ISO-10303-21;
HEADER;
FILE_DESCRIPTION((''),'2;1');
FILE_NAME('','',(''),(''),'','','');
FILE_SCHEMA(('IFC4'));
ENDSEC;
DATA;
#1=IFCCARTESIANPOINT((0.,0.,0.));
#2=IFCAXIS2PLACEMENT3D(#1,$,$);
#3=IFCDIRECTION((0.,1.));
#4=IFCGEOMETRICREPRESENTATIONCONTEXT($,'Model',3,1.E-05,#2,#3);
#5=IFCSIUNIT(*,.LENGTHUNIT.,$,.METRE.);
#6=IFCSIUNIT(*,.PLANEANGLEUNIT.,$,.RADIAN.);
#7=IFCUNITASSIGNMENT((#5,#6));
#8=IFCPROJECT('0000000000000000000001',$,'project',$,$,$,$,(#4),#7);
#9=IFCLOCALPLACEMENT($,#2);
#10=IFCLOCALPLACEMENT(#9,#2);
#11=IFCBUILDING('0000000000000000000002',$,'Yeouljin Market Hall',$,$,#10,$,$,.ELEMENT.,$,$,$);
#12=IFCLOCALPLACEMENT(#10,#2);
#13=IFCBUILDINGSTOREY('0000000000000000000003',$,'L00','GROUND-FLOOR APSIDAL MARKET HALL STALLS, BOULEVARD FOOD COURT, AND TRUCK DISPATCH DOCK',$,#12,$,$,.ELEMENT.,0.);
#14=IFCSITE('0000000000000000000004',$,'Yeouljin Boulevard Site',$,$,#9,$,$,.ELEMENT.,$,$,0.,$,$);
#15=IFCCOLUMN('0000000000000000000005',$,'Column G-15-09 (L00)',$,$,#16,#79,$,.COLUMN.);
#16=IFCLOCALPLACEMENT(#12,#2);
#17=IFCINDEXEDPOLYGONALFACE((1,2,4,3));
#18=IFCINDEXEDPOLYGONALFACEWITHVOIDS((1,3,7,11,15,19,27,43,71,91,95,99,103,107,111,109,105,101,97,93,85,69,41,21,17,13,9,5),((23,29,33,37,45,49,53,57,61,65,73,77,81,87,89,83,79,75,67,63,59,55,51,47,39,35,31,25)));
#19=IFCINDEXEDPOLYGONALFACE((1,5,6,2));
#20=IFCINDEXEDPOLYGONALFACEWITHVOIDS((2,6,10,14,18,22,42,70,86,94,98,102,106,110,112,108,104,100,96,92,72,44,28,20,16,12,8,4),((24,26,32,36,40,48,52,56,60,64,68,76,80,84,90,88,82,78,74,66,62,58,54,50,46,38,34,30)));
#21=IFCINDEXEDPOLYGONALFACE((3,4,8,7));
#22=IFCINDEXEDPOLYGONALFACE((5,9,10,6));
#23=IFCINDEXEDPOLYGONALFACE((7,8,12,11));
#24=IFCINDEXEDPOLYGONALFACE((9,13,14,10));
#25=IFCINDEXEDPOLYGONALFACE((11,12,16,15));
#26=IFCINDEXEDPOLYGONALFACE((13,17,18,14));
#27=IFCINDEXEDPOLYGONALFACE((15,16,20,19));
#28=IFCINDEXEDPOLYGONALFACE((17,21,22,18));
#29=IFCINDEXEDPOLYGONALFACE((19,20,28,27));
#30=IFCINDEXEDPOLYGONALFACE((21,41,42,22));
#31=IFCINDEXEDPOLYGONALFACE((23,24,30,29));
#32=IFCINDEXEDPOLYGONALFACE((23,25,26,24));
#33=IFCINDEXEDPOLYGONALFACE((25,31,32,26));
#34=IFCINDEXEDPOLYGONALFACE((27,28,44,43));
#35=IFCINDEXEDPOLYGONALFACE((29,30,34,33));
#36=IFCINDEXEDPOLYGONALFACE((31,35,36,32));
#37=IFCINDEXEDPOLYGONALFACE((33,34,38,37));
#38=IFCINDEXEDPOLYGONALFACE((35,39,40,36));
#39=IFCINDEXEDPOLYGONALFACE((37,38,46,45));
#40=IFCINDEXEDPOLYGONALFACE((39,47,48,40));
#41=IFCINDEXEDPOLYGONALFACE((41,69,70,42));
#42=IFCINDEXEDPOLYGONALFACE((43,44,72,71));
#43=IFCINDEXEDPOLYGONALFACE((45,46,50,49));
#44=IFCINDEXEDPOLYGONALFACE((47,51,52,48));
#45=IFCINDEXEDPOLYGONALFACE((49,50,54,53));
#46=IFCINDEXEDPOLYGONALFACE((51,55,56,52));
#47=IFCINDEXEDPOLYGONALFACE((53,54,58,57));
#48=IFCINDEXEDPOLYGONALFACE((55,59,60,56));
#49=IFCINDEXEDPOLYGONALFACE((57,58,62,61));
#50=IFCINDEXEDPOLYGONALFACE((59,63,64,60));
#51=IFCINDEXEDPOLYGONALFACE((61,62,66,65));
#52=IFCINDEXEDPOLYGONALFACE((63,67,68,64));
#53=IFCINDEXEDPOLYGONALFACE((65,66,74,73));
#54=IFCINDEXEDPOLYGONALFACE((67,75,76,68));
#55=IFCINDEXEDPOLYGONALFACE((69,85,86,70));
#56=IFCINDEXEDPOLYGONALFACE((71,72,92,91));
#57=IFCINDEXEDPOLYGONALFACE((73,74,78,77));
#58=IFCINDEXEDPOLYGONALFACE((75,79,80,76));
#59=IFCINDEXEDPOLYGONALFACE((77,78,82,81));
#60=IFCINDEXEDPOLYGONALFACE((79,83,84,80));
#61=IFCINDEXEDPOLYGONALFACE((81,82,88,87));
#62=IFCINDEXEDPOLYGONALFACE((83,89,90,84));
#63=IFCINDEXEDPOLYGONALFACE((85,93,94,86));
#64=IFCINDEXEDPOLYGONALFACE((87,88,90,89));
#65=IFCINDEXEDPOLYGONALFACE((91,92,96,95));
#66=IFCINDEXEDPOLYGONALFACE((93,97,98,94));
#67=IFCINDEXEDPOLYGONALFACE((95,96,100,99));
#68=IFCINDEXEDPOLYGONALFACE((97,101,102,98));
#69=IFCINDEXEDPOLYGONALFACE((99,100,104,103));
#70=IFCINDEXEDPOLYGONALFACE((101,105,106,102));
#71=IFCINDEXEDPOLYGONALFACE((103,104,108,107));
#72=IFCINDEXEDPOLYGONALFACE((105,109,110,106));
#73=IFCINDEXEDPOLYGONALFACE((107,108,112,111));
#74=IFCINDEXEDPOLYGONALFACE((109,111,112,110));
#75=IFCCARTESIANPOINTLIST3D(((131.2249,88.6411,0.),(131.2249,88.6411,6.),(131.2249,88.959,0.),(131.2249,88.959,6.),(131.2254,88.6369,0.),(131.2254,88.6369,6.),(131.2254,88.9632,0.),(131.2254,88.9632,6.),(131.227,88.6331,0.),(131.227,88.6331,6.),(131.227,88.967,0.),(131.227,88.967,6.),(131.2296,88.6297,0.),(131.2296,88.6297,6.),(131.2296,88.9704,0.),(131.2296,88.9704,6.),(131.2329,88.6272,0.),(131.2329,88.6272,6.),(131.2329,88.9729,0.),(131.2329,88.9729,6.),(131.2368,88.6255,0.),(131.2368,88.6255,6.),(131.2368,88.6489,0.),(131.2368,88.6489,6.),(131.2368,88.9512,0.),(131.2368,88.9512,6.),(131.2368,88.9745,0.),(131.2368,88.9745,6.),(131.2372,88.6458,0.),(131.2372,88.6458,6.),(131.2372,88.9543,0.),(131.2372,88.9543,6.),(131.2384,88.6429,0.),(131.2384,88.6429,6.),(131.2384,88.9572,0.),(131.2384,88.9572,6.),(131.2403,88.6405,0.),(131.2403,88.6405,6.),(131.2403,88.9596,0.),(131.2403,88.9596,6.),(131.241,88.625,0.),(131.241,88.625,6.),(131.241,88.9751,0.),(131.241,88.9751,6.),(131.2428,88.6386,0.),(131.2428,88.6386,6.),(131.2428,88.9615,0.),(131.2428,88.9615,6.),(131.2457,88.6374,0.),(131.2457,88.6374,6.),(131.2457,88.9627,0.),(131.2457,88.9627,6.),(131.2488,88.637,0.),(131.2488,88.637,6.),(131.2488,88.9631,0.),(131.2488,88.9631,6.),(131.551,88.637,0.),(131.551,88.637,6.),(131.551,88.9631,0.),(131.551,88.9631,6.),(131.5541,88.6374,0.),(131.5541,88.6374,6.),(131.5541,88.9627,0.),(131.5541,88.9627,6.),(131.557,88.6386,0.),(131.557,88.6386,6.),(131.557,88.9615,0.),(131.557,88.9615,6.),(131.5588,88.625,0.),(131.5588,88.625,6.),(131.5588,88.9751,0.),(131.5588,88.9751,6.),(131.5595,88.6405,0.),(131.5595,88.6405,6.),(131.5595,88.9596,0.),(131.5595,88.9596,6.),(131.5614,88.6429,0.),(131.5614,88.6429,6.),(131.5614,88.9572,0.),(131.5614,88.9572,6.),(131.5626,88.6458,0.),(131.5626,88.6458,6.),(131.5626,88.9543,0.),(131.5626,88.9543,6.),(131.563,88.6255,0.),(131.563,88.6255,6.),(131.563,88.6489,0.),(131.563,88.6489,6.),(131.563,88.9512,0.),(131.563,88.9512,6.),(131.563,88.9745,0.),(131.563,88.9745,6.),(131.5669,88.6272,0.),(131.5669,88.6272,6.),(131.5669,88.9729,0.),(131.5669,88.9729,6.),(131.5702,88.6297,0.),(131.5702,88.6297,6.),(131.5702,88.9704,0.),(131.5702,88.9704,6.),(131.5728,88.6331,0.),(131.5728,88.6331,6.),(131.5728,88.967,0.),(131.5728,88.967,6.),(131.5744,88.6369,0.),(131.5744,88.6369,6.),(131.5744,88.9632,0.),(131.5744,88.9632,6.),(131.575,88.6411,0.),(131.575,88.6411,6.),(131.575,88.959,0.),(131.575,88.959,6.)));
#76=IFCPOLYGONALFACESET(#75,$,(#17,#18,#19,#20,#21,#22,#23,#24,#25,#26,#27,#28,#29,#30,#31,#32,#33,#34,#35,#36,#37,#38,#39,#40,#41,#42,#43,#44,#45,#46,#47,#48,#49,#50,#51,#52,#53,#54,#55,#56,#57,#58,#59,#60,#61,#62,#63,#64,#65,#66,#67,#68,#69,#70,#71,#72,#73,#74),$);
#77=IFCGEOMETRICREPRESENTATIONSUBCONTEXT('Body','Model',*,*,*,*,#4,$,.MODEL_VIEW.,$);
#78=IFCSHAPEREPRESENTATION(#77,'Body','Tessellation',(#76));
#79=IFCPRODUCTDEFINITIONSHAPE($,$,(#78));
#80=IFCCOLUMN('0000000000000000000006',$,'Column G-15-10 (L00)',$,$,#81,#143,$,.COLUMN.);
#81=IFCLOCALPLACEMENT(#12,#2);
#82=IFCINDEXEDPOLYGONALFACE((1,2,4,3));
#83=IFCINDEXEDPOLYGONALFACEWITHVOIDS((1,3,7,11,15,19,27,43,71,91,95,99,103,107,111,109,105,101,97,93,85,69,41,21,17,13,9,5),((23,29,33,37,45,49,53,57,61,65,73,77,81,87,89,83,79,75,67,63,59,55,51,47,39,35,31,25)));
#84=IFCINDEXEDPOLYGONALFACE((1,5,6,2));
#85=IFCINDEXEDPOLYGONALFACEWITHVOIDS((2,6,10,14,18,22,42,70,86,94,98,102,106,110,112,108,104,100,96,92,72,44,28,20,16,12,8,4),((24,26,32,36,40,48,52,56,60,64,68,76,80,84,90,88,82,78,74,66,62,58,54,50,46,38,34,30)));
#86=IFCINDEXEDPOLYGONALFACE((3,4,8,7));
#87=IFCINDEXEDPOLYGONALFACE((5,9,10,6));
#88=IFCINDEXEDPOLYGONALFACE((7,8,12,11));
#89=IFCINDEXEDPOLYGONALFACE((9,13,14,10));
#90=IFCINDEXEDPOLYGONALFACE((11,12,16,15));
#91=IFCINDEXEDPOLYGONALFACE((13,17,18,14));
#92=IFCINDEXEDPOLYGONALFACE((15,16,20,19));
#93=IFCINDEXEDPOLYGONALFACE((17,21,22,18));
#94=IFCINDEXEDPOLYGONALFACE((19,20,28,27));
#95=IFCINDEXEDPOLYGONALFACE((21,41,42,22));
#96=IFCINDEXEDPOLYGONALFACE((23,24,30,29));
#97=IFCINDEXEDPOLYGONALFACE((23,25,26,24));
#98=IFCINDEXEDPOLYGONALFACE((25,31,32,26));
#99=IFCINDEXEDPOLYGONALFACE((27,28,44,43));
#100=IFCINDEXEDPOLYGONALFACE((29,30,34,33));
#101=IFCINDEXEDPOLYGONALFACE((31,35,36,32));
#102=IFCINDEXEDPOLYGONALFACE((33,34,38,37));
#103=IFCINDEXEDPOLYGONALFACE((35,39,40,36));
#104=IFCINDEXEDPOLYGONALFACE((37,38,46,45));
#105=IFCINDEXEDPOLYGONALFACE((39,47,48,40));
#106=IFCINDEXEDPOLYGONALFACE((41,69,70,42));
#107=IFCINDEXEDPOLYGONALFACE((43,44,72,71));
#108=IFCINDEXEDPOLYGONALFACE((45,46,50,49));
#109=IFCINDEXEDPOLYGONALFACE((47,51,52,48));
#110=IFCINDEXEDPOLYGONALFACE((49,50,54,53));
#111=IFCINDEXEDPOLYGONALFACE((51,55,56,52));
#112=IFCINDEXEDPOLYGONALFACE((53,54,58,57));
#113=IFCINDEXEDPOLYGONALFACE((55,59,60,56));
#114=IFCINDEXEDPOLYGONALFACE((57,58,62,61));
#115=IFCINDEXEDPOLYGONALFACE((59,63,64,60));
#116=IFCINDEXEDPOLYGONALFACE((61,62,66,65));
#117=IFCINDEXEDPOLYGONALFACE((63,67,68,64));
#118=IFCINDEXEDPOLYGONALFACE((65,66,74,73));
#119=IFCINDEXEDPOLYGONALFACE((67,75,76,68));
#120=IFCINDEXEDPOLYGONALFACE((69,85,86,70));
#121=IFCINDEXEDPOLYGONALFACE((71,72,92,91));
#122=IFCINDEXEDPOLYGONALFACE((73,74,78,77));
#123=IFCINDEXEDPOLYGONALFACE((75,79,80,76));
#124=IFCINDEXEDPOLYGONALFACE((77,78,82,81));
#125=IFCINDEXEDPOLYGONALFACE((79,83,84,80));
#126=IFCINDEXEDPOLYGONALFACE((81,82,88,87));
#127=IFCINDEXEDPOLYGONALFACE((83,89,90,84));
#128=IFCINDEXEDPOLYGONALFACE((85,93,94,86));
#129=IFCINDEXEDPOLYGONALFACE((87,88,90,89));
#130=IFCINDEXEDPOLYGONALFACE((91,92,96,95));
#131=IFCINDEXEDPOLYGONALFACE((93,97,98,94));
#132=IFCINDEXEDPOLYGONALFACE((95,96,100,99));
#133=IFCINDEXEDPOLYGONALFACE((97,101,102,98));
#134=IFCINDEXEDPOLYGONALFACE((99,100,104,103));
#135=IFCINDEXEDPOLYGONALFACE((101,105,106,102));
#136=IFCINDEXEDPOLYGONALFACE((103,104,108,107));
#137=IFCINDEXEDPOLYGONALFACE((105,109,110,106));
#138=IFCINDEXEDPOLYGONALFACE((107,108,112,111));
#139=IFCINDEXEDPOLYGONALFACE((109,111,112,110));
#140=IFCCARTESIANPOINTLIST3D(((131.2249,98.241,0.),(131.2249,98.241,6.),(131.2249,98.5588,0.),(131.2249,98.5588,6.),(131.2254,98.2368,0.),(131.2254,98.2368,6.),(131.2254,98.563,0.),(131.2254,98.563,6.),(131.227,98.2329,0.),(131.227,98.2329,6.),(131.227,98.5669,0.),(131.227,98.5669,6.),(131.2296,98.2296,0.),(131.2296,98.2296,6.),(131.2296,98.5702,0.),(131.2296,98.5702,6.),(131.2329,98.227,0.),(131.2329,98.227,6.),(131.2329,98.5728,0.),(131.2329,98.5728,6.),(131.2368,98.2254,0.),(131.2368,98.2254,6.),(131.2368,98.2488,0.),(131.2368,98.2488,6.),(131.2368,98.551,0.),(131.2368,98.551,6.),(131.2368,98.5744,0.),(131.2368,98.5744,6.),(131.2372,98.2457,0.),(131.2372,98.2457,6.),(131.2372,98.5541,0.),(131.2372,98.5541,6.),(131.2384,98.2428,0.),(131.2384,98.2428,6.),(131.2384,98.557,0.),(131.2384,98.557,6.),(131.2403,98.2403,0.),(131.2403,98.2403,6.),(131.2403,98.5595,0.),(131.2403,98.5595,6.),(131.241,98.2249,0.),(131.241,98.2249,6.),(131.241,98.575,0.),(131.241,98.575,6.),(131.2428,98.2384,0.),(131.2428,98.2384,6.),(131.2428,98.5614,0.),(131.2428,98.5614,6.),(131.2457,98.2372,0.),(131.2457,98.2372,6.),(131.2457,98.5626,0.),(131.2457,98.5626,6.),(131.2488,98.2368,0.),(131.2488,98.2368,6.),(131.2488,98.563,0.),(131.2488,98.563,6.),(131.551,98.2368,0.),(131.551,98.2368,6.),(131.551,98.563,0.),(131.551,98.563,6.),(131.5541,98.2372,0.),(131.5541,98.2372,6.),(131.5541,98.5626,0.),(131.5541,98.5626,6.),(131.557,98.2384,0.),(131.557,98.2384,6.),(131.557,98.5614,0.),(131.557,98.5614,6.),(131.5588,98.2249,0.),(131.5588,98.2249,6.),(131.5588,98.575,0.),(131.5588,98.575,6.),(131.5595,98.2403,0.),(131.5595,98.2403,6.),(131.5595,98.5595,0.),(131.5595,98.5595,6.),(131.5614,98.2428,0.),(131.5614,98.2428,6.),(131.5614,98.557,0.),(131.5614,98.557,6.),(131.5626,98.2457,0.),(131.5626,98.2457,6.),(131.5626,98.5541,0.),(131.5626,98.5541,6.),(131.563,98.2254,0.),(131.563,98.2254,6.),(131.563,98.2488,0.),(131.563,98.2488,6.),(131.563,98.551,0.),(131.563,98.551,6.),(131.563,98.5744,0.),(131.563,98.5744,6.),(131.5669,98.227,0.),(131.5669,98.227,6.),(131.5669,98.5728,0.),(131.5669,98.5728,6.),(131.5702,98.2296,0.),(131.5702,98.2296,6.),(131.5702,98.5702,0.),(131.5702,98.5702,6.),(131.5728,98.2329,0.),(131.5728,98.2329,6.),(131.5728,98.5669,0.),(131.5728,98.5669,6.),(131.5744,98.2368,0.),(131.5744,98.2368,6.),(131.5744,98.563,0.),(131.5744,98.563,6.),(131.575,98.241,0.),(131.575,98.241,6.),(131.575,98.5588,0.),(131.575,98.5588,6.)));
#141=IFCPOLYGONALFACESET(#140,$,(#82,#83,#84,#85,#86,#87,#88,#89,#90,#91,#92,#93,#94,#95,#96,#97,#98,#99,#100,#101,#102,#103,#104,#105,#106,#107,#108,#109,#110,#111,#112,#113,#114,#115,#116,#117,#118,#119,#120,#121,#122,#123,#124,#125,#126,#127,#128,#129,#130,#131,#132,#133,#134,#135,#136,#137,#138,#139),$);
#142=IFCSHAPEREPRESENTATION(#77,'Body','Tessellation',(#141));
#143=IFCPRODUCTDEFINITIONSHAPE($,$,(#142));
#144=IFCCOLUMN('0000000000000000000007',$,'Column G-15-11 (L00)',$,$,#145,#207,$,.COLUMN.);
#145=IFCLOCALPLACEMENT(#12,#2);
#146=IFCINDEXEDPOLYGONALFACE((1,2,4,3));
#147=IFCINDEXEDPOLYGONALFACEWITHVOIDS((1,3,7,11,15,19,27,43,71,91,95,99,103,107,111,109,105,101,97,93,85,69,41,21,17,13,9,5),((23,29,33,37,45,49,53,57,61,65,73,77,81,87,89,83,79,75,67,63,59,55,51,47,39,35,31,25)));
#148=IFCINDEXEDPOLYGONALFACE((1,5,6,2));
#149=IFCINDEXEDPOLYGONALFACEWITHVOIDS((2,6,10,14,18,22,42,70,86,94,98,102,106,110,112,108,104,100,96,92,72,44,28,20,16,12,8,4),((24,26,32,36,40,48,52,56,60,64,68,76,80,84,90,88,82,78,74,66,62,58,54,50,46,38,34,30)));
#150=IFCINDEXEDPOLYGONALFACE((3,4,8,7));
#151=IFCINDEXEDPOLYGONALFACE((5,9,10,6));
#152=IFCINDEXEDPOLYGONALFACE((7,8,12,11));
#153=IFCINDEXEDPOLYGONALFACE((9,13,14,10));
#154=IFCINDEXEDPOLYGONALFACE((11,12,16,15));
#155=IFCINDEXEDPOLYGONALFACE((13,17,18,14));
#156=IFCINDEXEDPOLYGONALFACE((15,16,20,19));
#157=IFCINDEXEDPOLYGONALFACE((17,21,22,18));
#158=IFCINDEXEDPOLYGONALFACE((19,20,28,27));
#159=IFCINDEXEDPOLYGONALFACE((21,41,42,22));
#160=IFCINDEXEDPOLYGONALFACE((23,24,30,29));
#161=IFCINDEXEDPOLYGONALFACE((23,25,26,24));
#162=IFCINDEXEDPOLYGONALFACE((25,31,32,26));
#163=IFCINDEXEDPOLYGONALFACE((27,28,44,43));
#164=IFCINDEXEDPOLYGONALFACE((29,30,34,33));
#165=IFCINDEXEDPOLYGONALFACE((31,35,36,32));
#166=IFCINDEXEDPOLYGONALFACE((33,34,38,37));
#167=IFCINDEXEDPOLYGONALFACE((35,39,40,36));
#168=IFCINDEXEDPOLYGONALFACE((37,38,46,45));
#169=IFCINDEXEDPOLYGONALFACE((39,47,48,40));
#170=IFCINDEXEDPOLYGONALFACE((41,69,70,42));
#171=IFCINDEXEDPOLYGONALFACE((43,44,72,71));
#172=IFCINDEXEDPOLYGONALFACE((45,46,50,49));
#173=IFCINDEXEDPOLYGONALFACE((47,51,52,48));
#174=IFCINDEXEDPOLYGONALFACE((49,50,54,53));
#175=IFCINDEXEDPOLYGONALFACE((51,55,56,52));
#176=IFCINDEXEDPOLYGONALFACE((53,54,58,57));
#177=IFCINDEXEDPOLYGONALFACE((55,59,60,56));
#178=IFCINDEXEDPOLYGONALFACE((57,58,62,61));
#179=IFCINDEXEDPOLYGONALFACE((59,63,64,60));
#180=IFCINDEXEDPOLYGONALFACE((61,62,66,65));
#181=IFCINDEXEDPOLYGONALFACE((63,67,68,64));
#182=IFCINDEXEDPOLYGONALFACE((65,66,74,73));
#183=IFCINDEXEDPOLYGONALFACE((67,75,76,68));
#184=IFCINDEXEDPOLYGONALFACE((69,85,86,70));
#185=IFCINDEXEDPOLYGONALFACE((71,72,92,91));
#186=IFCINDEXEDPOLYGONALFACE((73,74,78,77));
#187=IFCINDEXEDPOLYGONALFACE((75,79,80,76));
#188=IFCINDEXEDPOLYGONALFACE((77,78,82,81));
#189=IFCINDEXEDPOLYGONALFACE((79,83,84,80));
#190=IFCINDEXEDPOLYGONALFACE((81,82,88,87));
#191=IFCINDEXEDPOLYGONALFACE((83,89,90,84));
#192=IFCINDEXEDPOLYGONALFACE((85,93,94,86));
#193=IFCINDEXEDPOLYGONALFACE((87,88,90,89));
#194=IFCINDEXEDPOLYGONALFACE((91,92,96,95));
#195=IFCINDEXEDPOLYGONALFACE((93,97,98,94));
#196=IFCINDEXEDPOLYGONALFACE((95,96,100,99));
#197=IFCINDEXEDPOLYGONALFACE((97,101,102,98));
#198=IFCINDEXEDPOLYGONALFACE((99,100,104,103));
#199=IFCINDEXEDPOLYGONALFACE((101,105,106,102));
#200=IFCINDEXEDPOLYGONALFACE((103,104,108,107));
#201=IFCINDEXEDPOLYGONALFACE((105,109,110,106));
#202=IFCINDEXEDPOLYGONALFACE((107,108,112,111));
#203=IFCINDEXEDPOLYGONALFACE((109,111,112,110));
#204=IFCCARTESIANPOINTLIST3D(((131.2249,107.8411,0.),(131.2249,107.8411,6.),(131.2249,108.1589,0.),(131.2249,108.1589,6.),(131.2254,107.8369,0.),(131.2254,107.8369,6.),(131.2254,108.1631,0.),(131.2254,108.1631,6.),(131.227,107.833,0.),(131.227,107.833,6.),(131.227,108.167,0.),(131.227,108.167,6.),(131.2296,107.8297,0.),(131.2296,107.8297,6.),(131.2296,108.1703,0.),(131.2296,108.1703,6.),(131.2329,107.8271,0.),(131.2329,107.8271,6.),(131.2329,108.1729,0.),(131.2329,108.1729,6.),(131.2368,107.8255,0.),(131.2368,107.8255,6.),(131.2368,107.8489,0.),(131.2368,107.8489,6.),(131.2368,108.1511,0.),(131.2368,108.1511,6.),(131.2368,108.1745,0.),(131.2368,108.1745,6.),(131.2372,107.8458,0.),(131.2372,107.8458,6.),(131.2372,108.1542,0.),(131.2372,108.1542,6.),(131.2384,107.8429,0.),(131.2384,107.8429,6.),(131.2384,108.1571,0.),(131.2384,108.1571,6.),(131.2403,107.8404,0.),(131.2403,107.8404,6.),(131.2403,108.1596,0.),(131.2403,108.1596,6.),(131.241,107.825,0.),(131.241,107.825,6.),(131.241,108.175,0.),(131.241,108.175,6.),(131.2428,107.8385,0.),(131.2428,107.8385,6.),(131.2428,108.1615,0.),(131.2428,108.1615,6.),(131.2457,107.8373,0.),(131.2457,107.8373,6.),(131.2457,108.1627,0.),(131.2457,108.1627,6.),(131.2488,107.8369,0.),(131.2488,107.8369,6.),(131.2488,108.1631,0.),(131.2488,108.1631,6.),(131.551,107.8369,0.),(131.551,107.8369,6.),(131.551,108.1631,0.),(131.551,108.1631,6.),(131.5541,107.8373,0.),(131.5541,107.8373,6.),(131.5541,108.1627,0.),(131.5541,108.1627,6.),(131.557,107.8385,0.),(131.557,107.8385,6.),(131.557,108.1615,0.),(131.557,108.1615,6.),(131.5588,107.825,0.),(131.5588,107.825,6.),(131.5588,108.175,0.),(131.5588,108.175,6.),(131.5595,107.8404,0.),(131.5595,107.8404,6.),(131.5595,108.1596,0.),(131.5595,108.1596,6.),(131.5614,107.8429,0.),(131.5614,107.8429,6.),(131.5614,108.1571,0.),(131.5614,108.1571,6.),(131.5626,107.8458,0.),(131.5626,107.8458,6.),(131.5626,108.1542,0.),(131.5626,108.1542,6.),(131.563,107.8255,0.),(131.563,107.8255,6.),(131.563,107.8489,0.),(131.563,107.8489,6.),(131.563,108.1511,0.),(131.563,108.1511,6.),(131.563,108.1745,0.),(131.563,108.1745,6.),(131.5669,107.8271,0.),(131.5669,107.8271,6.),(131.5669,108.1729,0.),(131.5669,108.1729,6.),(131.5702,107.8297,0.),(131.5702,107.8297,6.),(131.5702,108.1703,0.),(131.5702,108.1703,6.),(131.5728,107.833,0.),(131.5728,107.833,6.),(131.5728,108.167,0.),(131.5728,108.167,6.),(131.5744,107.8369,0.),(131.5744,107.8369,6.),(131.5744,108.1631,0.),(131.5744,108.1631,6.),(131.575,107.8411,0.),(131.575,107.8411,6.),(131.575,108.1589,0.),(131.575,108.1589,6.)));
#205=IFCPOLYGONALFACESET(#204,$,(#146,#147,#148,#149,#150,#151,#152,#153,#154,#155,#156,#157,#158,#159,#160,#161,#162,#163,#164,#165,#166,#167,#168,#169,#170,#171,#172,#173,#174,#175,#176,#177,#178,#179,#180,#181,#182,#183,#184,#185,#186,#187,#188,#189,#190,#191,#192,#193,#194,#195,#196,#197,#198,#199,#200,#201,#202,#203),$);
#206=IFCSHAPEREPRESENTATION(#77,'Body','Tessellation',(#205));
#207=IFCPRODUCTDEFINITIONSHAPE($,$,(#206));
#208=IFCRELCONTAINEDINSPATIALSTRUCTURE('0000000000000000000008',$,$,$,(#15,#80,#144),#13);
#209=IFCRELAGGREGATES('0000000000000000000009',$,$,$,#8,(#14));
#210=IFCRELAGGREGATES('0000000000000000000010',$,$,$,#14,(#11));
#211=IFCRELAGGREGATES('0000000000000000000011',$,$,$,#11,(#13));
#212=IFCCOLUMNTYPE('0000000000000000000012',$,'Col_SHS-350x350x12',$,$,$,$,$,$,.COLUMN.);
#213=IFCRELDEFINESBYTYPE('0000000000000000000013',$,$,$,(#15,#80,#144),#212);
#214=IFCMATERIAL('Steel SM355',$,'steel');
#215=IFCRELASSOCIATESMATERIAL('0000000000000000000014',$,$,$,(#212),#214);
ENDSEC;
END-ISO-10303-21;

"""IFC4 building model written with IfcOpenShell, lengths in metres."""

from ifc_helpers import new_model, si_unit, direction, frame, origin, origin_2d, place, context, subcontext, project, spatial, hollow_rectangle, extrude, material, material_profile, profile_set, type_object, element, save


model = new_model("IFC4")

# Units and contexts
model_context = context("Model", 3, precision=1e-05, world=origin(), true_north=direction((0.0, 1.0)))
body_context = subcontext(model_context, "Body", "Model", "MODEL_VIEW")
ifc_project = project(units=[si_unit("LENGTHUNIT", "METRE"), si_unit("PLANEANGLEUNIT", "RADIAN")], contexts=[model_context])

# Site, building, storey
site_placement = place(None, origin())
site = spatial("IfcSite", under=ifc_project, at=site_placement, Name="Yeouljin Boulevard Site", CompositionType="ELEMENT", RefElevation=0.0)
building_placement = place(site_placement, origin())
building = spatial("IfcBuilding", under=site, at=building_placement, Name="Yeouljin Market Hall", CompositionType="ELEMENT")
storey_placement = place(building_placement, origin())
storey = spatial("IfcBuildingStorey", under=building, at=storey_placement, Name="L00", Description="GROUND-FLOOR APSIDAL MARKET HALL STALLS, BOULEVARD FOOD COURT, AND TRUCK DISPATCH DOCK", CompositionType="ELEMENT", Elevation=0.0)

# Columns
ifc_material_1 = material(Name="Steel SM355", Category="steel")
ifc_material_profile_1 = material_profile(ifc_material_1, hollow_rectangle(XDim=0.3501, YDim=0.3501, WallThickness=0.012, InnerFilletRadius=0.012, OuterFilletRadius=0.0161, at=origin_2d()), Name="SHS-350x350x12")
ifc_profile_set_1 = profile_set([ifc_material_profile_1], Name="Steel SM355")
column_type_1 = type_object("IfcColumnType", Name="Col_SHS-350x350x12", PredefinedType="COLUMN", material=ifc_profile_set_1)
for number, where, z_axis, x_axis, name in (
    (1, (131.3999, 88.8, 0.0), (0.0, 0.0, 1.0), (1.0, 0.0, 0.0), "Column G-15-09 (L00)"),
    (2, (131.3999, 98.3999, 0.0), (0.0, 0.0, 1.0), (1.0, 0.0, 0.0), "Column G-15-10 (L00)"),
    (3, (131.3999, 108.0, 0.0), (0.0, 0.0, 1.0), (1.0, 0.0, 0.0), "Column G-15-11 (L00)"),
):
    element("IfcColumn", number, at=place(storey_placement, frame(where, z_axis=z_axis, x_axis=x_axis)), inside=storey, type_object=column_type_1, Name=name, PredefinedType="COLUMN", context=body_context, shape_type="SweptSolid", body=[
        extrude(hollow_rectangle(XDim=0.3501, YDim=0.3501, WallThickness=0.012, InnerFilletRadius=0.012, OuterFilletRadius=0.0161, at=origin_2d()), origin(), (0.0, 0.0, 1.0), 6.0),
    ])

save(model, "model.ifc")
